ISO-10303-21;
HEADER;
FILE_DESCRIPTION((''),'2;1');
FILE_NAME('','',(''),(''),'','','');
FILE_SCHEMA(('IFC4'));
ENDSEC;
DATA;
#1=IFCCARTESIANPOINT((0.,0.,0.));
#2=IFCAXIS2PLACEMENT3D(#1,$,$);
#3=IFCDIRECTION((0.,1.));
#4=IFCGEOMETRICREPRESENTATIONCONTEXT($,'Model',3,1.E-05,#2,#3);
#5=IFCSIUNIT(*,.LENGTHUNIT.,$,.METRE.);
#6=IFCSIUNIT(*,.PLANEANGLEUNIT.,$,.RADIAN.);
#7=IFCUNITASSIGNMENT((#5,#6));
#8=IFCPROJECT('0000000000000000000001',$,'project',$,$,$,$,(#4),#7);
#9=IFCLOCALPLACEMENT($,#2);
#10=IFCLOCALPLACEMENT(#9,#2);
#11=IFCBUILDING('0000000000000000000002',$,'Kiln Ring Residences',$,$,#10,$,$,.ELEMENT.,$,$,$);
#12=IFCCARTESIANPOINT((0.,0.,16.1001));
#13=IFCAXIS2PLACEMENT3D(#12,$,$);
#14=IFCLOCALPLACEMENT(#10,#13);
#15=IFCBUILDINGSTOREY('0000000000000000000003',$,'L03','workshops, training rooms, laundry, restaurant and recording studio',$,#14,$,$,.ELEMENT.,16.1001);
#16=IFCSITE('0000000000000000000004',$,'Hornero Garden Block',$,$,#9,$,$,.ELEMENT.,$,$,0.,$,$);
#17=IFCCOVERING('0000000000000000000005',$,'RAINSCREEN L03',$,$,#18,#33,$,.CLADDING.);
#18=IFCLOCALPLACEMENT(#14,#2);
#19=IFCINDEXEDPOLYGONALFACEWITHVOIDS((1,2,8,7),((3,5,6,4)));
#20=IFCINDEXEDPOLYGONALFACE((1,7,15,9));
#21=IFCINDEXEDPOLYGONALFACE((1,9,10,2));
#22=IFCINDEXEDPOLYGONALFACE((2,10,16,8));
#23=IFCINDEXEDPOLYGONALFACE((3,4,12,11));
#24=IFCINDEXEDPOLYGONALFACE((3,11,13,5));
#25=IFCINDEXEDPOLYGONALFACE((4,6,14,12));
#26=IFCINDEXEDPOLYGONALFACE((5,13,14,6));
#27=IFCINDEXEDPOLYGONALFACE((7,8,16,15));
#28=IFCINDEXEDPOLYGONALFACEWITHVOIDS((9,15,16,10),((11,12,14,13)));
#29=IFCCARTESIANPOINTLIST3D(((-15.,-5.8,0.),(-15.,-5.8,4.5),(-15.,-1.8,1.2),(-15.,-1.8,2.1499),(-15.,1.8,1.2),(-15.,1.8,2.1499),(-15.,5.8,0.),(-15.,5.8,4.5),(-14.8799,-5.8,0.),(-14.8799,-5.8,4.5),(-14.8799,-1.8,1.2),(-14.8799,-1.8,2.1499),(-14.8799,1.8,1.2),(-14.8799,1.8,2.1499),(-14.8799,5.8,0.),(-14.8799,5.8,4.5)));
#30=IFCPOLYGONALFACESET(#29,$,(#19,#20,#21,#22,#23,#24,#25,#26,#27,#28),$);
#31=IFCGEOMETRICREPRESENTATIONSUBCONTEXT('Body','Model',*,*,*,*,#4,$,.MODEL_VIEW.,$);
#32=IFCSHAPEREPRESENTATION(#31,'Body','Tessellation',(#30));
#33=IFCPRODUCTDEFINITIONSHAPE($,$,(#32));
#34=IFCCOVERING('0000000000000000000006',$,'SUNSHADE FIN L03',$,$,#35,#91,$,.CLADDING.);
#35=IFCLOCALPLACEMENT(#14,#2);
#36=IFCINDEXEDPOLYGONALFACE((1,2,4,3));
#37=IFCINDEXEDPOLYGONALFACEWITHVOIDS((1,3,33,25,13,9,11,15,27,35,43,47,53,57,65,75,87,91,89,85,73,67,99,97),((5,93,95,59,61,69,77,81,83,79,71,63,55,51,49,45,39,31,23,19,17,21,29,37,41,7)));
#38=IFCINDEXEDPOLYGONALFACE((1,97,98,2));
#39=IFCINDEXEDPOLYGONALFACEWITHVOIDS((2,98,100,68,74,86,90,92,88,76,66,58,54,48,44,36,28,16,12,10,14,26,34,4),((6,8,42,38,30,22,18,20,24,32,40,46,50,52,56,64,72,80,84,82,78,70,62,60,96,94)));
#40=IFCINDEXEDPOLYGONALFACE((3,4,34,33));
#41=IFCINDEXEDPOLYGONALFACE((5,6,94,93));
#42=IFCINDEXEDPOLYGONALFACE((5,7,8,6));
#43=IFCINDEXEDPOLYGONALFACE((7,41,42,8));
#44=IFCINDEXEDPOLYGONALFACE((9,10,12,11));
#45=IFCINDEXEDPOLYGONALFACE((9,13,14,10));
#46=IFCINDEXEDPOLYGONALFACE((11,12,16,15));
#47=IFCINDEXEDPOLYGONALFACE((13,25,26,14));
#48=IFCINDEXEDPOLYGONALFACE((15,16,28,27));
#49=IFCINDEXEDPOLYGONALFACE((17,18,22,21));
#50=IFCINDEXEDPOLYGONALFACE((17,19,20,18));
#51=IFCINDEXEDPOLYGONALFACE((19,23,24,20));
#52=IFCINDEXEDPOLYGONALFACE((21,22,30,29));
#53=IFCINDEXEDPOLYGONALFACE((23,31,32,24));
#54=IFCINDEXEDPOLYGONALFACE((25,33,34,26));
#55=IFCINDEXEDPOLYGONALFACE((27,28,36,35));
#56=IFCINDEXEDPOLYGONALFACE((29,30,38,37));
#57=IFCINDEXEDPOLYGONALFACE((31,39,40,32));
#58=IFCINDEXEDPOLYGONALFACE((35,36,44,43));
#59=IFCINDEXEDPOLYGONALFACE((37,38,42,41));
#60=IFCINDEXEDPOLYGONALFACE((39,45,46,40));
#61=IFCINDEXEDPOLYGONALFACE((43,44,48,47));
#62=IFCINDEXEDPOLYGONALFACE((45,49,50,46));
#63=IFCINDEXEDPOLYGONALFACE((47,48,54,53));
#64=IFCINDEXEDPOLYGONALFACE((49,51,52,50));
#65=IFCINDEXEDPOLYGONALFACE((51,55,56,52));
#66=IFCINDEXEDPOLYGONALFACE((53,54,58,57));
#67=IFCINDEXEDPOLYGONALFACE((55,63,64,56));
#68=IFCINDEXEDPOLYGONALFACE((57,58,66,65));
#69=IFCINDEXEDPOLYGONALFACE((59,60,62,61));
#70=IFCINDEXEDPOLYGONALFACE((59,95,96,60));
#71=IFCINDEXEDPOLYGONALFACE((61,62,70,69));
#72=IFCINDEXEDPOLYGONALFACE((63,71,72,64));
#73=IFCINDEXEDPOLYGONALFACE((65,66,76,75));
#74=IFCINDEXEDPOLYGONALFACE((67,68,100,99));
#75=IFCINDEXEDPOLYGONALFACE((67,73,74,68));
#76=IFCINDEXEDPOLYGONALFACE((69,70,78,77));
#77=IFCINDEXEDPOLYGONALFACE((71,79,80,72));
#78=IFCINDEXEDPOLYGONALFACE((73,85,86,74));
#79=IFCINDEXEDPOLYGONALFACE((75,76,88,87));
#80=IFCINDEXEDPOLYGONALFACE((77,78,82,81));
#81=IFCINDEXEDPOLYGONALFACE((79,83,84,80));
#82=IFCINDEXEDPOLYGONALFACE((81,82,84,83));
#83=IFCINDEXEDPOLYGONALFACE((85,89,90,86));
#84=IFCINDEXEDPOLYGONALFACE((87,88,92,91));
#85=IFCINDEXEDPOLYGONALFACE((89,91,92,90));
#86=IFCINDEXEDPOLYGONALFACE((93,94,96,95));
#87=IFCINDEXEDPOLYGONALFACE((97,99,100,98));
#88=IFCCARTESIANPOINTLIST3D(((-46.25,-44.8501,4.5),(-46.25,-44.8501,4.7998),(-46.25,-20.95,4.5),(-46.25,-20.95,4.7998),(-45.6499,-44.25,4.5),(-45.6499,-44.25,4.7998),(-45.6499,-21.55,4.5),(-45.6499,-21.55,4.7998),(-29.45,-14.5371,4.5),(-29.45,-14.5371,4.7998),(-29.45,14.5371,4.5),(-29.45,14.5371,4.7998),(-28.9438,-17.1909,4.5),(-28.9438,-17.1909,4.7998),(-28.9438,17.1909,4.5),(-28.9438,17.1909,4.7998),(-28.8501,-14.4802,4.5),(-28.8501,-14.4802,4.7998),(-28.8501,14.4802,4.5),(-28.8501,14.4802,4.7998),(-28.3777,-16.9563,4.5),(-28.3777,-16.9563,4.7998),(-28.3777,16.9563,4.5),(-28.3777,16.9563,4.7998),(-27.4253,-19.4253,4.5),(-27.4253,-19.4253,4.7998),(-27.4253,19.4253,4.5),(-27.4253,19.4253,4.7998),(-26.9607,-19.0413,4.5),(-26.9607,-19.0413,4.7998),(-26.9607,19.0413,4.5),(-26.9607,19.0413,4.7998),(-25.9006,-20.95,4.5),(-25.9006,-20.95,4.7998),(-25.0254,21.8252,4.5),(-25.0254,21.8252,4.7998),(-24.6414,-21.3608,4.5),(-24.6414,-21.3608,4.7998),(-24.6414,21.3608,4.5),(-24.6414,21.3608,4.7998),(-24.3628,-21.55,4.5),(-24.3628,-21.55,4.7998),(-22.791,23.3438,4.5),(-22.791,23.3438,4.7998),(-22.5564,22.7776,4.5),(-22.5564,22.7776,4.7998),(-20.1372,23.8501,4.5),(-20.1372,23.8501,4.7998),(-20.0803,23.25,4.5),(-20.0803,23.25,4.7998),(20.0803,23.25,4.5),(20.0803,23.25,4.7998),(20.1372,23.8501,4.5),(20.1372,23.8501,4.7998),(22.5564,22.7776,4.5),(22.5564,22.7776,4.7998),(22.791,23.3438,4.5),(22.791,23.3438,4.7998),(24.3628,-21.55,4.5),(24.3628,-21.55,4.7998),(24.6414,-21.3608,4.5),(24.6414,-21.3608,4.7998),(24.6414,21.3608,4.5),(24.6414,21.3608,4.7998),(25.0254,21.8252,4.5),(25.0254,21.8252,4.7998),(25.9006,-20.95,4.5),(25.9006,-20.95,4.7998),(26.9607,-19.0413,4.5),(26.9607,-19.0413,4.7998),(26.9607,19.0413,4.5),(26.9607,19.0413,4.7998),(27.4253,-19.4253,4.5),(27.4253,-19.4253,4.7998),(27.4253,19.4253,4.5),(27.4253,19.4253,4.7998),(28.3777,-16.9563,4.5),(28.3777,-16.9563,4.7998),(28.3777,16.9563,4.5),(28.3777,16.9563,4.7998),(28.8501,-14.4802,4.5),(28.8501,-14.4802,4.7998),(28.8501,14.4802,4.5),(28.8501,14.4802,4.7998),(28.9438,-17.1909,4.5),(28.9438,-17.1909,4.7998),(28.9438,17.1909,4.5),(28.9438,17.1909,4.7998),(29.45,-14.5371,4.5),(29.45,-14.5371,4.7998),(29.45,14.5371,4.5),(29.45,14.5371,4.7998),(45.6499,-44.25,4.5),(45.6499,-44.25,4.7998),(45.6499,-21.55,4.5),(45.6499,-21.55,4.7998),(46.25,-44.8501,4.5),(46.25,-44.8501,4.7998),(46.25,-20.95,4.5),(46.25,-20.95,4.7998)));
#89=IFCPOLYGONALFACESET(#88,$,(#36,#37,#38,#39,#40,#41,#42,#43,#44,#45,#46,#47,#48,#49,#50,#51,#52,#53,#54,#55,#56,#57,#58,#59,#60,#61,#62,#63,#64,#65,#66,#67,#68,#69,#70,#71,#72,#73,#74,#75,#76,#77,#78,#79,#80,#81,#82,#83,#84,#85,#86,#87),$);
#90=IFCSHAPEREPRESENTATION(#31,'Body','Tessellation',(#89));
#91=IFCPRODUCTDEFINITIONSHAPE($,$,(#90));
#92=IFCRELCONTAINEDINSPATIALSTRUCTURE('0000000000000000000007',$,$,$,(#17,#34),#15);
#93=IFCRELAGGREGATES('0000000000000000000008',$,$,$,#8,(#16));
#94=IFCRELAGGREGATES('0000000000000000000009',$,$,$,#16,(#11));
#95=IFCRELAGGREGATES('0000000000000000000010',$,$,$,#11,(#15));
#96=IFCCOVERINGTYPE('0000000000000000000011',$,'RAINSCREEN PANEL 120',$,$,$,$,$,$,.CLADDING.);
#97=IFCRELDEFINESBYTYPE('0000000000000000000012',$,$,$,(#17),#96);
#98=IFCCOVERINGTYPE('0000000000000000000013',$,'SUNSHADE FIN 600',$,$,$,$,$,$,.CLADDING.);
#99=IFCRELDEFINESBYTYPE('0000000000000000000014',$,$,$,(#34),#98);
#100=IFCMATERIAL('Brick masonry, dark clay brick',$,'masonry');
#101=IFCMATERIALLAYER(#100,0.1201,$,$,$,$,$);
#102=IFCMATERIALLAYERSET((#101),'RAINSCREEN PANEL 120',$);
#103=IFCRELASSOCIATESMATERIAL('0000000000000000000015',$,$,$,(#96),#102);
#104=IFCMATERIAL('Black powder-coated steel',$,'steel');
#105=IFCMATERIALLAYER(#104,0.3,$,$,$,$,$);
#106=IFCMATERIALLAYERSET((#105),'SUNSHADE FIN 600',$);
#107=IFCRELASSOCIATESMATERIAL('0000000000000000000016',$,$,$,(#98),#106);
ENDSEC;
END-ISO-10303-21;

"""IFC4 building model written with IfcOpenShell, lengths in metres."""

from ifc_helpers import new_model, si_unit, direction, frame, origin, place, context, subcontext, project, spatial, polyline, outline, extrude, material, layer, layer_set, type_object, element, save


model = new_model("IFC4")

# Units and contexts
model_context = context("Model", 3, precision=1e-05, world=origin(), true_north=direction((0.0, 1.0)))
body_context = subcontext(model_context, "Body", "Model", "MODEL_VIEW")
ifc_project = project(units=[si_unit("LENGTHUNIT", "METRE"), si_unit("PLANEANGLEUNIT", "RADIAN")], contexts=[model_context])

# Site, building, storey
site_placement = place(None, origin())
site = spatial("IfcSite", under=ifc_project, at=site_placement, Name="Hornero Garden Block", CompositionType="ELEMENT", RefElevation=0.0)
building_placement = place(site_placement, origin())
building = spatial("IfcBuilding", under=site, at=building_placement, Name="Kiln Ring Residences", CompositionType="ELEMENT")
storey_placement = place(building_placement, frame((0.0, 0.0, 16.1001)))
storey = spatial("IfcBuildingStorey", under=building, at=storey_placement, Name="L03", Description="workshops, training rooms, laundry, restaurant and recording studio", CompositionType="ELEMENT", Elevation=16.1001)

# Coverings
ifc_material_1 = material(Name="Brick masonry, dark clay brick", Category="masonry")
ifc_layer_1 = layer(ifc_material_1, 0.1201)
ifc_layer_set_1 = layer_set([ifc_layer_1], Name="RAINSCREEN PANEL 120")
covering_type_1 = type_object("IfcCoveringType", Name="RAINSCREEN PANEL 120", PredefinedType="CLADDING", material=ifc_layer_set_1)
covering_1_placement = place(storey_placement, frame((-14.9399, -5.8, 0.0), z_axis=(0.0, 0.0, 1.0), x_axis=(0.0, 1.0, 0.0)))
element("IfcCovering", 1, at=covering_1_placement, inside=storey, type_object=covering_type_1, Name="RAINSCREEN L03", PredefinedType="CLADDING", context=body_context, shape_type="SweptSolid", body=[
    extrude(outline(polyline([(0.0, 0.0), (11.6001, 0.0), (11.6001, 4.5), (0.0, 4.5), (0.0, 0.0)]), holes=[polyline([(4.0, 2.1499), (4.0, 1.2), (7.6001, 1.2), (7.6001, 2.1499), (4.0, 2.1499)])]), frame((0.0, 0.0601, 0.0), z_axis=(0.0, -1.0, 0.0), x_axis=(1.0, 0.0, 0.0)), (0.0, 0.0, 1.0), 0.1201),
])
ifc_material_2 = material(Name="Black powder-coated steel", Category="steel")
ifc_layer_2 = layer(ifc_material_2, 0.3)
ifc_layer_set_2 = layer_set([ifc_layer_2], Name="SUNSHADE FIN 600")
covering_type_2 = type_object("IfcCoveringType", Name="SUNSHADE FIN 600", PredefinedType="CLADDING", material=ifc_layer_set_2)
covering_2_placement = place(storey_placement, frame((0.0, 0.0, 4.5)))
element("IfcCovering", 2, at=covering_2_placement, inside=storey, type_object=covering_type_2, Name="SUNSHADE FIN L03", PredefinedType="CLADDING", context=body_context, shape_type="SweptSolid", body=[
    extrude(outline(polyline([(-27.4253, -19.4253), (-25.9006, -20.95), (-46.25, -20.95), (-46.25, -44.8501), (46.25, -44.8501), (46.25, -20.95), (25.9006, -20.95), (27.4253, -19.4253), (28.9438, -17.1909), (29.45, -14.5371), (29.45, 14.5371), (28.9438, 17.1909), (27.4253, 19.4253), (25.0254, 21.8252), (22.791, 23.3438), (20.1372, 23.8501), (-20.1372, 23.8501), (-22.791, 23.3438), (-25.0254, 21.8252), (-27.4253, 19.4253), (-28.9438, 17.1909), (-29.45, 14.5371), (-29.45, -14.5371), (-28.9438, -17.1909), (-27.4253, -19.4253)]), holes=[polyline([(-45.6499, -21.55), (-24.3628, -21.55), (-24.6414, -21.3608), (-26.9607, -19.0413), (-28.3777, -16.9563), (-28.8501, -14.4802), (-28.8501, 14.4802), (-28.3777, 16.9563), (-26.9607, 19.0413), (-24.6414, 21.3608), (-22.5564, 22.7776), (-20.0803, 23.25), (20.0803, 23.25), (22.5564, 22.7776), (24.6414, 21.3608), (26.9607, 19.0413), (28.3777, 16.9563), (28.8501, 14.4802), (28.8501, -14.4802), (28.3777, -16.9563), (26.9607, -19.0413), (24.6414, -21.3608), (24.3628, -21.55), (45.6499, -21.55), (45.6499, -44.25), (-45.6499, -44.25), (-45.6499, -21.55)])]), origin(), (0.0, 0.0, 1.0), 0.2998),
])

save(model, "model.ifc")
